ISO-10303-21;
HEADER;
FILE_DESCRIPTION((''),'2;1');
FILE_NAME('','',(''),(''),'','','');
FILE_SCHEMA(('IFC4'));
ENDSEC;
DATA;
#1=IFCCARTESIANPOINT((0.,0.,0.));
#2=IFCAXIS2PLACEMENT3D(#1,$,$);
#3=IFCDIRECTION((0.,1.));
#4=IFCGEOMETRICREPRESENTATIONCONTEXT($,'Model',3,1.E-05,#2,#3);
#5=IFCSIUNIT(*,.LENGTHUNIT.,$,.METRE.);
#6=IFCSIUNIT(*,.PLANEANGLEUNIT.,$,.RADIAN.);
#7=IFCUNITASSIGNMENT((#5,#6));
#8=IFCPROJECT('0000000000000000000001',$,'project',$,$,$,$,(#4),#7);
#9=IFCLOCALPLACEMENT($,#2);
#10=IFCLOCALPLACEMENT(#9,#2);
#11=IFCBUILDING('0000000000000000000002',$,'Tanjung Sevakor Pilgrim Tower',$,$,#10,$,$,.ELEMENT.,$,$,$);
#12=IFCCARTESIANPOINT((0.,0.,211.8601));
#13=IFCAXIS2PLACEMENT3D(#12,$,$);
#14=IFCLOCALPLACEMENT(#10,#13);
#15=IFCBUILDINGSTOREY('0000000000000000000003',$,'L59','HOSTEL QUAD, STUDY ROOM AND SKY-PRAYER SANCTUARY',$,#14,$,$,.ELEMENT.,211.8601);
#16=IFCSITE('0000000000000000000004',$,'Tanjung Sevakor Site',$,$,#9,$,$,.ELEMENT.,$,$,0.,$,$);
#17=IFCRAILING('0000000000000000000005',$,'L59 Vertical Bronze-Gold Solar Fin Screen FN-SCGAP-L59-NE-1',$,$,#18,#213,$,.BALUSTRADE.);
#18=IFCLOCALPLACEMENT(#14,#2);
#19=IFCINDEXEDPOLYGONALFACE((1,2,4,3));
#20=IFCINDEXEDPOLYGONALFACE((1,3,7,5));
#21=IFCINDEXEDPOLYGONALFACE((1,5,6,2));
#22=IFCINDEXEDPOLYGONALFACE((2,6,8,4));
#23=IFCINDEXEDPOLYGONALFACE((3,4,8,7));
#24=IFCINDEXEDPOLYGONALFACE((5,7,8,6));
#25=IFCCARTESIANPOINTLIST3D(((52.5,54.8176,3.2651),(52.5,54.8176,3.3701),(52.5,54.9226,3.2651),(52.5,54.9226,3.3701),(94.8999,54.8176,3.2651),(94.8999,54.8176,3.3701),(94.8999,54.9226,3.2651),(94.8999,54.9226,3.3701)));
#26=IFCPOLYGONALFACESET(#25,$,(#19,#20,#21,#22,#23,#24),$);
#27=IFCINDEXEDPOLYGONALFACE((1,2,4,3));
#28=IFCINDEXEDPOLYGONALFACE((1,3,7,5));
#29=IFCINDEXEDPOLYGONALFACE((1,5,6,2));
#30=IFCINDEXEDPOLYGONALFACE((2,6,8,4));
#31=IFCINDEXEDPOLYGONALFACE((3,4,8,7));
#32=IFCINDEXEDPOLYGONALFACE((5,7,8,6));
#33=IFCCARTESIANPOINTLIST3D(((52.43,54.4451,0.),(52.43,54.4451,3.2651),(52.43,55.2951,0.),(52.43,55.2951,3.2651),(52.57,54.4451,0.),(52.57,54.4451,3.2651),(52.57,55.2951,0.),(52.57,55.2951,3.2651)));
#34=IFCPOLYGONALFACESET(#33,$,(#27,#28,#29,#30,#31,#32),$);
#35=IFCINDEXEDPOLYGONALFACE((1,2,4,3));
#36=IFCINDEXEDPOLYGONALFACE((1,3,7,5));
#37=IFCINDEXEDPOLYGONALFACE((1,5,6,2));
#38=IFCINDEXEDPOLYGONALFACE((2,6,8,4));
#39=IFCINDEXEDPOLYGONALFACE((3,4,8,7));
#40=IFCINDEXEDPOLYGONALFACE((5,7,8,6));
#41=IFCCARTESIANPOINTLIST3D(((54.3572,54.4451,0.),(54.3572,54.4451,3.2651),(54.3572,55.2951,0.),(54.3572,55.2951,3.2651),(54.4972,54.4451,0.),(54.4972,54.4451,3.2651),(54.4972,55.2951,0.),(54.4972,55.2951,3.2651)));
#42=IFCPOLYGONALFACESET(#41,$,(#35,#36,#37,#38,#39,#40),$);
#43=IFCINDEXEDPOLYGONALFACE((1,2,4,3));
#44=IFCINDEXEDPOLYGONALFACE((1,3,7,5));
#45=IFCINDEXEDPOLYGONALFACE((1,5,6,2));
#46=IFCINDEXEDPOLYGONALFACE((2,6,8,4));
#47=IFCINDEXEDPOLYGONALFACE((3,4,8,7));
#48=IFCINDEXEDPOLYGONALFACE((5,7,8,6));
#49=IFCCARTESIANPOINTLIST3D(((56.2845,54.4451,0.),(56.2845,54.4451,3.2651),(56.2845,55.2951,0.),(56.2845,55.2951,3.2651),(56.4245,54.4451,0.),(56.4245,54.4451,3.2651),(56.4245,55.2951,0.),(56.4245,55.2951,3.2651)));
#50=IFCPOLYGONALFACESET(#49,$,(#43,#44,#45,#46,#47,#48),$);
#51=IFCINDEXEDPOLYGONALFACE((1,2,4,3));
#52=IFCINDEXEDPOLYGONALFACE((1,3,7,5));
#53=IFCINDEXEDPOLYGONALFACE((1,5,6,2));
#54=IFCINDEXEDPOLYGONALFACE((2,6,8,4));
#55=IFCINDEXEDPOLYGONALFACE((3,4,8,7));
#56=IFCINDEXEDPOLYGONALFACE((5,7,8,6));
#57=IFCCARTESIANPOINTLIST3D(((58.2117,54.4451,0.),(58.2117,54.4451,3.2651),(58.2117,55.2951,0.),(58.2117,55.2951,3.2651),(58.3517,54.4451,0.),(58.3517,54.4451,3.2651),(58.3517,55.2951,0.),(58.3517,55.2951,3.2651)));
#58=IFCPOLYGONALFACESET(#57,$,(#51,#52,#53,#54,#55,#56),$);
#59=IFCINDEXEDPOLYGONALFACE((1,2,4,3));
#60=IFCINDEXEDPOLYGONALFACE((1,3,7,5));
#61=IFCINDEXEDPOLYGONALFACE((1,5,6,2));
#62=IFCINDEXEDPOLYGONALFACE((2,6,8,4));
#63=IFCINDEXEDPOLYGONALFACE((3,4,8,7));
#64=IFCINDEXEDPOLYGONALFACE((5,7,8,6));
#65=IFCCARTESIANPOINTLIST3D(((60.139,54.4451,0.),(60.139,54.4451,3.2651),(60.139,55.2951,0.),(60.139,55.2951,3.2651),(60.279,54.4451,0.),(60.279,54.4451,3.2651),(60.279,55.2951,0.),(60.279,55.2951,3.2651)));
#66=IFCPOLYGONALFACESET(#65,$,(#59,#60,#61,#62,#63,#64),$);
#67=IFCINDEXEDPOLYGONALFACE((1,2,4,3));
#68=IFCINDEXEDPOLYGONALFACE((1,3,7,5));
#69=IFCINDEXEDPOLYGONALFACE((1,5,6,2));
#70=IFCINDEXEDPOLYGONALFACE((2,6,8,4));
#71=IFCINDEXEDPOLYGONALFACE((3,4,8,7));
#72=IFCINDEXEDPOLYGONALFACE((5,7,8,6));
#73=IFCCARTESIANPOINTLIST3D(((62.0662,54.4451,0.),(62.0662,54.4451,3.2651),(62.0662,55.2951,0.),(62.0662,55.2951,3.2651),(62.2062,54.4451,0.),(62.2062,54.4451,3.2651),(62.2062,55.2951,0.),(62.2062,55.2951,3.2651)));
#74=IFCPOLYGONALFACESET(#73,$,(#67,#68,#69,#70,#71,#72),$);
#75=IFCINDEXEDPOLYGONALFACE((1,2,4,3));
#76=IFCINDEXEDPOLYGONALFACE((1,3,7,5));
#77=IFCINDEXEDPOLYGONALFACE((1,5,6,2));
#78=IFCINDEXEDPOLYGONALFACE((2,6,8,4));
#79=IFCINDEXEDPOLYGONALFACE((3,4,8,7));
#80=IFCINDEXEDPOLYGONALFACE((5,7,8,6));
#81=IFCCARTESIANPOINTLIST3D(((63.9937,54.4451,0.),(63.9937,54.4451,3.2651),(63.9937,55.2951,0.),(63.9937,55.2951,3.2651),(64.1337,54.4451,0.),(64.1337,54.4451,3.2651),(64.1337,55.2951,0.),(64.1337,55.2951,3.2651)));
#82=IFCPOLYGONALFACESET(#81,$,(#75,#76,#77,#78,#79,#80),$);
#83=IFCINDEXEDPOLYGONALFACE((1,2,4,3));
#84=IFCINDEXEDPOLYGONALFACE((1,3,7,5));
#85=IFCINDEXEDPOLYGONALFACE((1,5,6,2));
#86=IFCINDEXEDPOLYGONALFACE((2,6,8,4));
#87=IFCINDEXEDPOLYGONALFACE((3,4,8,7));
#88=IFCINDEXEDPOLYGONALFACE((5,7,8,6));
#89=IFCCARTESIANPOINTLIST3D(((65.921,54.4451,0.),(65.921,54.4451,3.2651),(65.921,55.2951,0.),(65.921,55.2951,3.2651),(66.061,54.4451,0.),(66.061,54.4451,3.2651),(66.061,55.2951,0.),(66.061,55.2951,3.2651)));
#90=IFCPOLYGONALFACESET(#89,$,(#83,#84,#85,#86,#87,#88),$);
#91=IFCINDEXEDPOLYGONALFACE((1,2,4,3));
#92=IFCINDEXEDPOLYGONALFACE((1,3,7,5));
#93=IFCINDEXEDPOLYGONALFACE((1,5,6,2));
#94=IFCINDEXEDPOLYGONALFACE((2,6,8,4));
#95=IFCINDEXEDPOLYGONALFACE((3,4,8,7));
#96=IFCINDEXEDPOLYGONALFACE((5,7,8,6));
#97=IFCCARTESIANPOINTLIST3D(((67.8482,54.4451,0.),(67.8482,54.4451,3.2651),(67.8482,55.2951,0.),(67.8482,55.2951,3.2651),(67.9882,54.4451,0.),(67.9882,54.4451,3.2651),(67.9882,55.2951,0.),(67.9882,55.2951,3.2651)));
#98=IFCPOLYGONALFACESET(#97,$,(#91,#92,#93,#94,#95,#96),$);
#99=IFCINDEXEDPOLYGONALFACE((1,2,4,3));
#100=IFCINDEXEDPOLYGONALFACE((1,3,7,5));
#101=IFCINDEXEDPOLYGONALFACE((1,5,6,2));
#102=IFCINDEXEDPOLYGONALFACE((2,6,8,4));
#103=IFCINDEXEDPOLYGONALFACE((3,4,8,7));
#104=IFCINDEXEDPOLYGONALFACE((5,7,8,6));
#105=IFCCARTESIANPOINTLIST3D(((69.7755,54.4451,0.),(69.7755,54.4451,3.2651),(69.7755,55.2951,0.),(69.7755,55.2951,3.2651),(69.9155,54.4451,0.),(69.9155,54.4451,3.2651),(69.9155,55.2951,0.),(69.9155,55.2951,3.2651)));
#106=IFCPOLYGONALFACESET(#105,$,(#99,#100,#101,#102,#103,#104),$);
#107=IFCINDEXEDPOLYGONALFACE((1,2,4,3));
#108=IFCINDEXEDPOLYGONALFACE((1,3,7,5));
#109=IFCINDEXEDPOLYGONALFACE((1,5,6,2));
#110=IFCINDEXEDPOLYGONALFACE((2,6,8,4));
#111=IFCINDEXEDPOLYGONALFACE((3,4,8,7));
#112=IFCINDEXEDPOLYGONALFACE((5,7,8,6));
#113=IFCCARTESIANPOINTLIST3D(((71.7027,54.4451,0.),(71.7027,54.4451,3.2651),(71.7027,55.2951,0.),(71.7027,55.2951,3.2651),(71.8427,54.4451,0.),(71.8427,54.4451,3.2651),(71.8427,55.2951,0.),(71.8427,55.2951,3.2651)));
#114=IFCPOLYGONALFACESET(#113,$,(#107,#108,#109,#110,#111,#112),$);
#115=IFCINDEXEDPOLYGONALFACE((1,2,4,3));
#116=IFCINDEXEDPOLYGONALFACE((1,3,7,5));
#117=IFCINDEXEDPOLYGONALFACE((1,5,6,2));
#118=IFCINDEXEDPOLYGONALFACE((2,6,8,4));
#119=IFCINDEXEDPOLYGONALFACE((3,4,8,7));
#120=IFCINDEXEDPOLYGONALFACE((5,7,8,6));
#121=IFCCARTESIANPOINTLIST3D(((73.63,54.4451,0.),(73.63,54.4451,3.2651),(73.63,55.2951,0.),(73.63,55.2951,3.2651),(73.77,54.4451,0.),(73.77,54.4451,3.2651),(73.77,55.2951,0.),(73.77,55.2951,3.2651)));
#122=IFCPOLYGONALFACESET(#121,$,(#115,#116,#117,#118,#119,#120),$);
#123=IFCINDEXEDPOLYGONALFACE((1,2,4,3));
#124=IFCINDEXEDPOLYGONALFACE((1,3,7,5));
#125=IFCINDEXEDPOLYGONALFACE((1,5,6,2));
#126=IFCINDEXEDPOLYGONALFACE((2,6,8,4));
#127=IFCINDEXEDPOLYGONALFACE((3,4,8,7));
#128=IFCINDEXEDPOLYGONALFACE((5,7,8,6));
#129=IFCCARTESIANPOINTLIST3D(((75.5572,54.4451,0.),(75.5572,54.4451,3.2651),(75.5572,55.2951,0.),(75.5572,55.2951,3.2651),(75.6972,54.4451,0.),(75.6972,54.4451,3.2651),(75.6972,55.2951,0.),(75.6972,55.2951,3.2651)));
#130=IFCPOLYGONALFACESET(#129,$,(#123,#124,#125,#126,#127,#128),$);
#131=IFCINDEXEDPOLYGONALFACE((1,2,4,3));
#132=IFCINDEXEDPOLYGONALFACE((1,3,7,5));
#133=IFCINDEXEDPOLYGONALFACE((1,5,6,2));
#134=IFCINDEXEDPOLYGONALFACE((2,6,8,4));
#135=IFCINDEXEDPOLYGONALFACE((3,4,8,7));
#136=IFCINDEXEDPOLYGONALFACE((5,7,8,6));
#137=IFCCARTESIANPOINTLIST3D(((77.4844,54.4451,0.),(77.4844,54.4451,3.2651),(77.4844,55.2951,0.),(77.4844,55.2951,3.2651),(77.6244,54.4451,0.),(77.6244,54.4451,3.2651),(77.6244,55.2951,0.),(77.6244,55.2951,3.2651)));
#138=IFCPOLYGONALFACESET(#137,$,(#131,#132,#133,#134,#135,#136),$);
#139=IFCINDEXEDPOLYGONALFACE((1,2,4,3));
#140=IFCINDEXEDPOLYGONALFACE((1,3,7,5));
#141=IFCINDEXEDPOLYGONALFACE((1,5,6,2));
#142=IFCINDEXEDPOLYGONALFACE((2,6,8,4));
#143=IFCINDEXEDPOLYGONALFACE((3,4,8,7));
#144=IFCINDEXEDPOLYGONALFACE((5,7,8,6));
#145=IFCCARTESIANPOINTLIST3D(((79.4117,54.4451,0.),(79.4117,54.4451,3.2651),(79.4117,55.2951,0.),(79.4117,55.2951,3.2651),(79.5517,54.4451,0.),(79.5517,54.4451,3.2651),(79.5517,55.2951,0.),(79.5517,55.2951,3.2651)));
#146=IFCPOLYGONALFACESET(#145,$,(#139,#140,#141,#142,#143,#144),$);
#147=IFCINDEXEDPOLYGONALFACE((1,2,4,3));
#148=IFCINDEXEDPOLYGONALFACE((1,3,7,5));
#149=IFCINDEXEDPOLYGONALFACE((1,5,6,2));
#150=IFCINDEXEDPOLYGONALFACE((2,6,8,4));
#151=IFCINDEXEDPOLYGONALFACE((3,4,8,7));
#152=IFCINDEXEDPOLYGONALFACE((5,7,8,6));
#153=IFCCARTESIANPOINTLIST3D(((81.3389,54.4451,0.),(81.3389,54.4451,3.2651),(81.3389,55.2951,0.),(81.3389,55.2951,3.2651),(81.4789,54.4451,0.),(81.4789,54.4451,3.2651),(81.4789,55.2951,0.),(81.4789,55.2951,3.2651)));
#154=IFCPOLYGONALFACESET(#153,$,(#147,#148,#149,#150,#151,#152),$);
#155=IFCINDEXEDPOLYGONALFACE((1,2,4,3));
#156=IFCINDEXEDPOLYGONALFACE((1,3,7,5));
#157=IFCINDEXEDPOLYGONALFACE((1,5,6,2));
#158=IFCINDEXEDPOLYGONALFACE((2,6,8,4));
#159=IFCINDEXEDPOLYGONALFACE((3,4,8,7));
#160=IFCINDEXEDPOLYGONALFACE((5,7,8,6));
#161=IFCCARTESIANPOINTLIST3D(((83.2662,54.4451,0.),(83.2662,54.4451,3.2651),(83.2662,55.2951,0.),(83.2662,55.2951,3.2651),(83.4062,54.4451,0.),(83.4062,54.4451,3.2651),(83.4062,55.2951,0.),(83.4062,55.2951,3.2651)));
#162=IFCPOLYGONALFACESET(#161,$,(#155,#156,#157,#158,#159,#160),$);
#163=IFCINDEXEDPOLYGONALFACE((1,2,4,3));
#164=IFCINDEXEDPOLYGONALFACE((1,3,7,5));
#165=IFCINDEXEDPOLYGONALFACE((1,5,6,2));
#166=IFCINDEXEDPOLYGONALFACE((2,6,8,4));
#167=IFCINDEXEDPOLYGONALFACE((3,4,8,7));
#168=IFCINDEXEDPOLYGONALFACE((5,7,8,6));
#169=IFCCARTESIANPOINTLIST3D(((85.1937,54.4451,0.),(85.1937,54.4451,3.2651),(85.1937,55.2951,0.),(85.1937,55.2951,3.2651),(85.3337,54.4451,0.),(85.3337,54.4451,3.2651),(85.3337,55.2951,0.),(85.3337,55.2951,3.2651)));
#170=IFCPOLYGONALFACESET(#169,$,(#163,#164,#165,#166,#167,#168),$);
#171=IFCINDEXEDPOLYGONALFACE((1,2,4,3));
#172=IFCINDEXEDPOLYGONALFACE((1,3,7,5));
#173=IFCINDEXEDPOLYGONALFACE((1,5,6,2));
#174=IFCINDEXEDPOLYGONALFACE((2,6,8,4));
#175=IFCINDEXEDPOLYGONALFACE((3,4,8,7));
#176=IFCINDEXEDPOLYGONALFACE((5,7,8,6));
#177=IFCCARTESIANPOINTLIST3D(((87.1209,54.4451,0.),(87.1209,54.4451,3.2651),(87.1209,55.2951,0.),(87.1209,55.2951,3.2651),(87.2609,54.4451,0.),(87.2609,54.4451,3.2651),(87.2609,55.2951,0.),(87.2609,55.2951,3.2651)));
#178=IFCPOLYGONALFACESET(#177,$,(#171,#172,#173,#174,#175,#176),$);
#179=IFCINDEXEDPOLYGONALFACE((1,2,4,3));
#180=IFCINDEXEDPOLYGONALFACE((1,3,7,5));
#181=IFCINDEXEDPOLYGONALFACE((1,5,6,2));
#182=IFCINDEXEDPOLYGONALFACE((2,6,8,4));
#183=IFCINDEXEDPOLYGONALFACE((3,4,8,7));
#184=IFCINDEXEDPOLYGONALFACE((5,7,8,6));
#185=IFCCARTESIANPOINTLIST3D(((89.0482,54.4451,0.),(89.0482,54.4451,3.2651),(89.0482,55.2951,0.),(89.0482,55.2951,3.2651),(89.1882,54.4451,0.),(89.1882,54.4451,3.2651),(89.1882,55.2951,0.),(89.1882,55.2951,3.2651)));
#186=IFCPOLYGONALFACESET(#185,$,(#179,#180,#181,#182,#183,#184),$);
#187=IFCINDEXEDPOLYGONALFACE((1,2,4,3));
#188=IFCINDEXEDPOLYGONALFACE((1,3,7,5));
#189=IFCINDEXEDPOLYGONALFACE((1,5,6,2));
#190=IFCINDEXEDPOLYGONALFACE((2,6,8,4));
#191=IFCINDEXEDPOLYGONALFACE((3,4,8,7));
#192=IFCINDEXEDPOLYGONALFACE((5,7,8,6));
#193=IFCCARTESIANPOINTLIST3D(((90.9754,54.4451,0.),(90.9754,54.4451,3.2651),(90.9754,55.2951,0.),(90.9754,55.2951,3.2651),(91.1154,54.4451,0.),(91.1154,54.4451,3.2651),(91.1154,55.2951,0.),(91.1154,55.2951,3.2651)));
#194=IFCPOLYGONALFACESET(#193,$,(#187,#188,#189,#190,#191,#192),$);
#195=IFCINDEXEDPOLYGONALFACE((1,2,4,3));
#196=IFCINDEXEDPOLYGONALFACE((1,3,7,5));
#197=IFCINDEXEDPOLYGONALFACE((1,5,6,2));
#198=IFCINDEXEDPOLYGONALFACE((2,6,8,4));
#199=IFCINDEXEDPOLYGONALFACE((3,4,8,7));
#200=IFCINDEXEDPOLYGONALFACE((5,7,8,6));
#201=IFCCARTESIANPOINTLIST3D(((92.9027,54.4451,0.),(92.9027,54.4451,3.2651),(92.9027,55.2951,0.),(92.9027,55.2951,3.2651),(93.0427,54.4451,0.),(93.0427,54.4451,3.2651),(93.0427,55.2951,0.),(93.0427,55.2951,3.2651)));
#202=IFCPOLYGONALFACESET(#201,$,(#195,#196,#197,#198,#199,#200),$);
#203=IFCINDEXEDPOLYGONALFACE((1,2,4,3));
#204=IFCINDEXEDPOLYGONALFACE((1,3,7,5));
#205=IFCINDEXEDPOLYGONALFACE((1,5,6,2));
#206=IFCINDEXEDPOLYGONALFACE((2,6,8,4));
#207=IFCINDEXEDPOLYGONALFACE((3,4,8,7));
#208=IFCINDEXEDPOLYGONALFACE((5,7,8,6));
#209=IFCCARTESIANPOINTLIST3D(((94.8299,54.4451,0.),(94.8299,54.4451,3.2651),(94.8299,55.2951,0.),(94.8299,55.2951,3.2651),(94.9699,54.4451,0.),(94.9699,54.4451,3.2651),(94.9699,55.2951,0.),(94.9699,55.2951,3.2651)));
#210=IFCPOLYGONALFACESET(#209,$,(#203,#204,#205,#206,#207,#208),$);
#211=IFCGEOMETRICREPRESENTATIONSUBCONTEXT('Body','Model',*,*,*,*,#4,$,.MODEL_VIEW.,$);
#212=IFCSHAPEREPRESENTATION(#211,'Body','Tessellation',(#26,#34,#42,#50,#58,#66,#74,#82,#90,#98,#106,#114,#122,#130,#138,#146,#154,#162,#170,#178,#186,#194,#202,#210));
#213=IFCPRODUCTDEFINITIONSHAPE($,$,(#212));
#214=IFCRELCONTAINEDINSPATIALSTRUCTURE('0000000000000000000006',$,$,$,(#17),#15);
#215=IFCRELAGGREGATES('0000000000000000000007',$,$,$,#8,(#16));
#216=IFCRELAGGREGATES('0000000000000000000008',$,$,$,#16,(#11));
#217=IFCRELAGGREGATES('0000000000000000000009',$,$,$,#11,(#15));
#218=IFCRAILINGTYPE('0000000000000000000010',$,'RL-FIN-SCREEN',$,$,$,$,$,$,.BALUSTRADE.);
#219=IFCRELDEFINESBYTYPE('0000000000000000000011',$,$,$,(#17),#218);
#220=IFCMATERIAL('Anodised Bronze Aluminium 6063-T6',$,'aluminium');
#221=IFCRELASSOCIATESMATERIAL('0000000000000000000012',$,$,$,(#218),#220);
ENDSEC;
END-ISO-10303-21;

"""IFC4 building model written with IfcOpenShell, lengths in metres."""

from ifc_helpers import new_model, si_unit, direction, frame, origin, place, context, subcontext, project, spatial, rectangle, extrude, material, type_object, element, save


model = new_model("IFC4")

# Units and contexts
model_context = context("Model", 3, precision=1e-05, world=origin(), true_north=direction((0.0, 1.0)))
body_context = subcontext(model_context, "Body", "Model", "MODEL_VIEW")
ifc_project = project(units=[si_unit("LENGTHUNIT", "METRE"), si_unit("PLANEANGLEUNIT", "RADIAN")], contexts=[model_context])

# Site, building, storey
site_placement = place(None, origin())
site = spatial("IfcSite", under=ifc_project, at=site_placement, Name="Tanjung Sevakor Site", CompositionType="ELEMENT", RefElevation=0.0)
building_placement = place(site_placement, origin())
building = spatial("IfcBuilding", under=site, at=building_placement, Name="Tanjung Sevakor Pilgrim Tower", CompositionType="ELEMENT")
storey_placement = place(building_placement, frame((0.0, 0.0, 211.8601)))
storey = spatial("IfcBuildingStorey", under=building, at=storey_placement, Name="L59", Description="HOSTEL QUAD, STUDY ROOM AND SKY-PRAYER SANCTUARY", CompositionType="ELEMENT", Elevation=211.8601)

# Railing
ifc_material_1 = material(Name="Anodised Bronze Aluminium 6063-T6", Category="aluminium")
railing_type = type_object("IfcRailingType", Name="RL-FIN-SCREEN", PredefinedType="BALUSTRADE", material=ifc_material_1)
railing_placement = place(storey_placement, frame((52.5, 54.8701, 0.0)))
element("IfcRailing", 1, at=railing_placement, inside=storey, type_object=railing_type, Name="L59 Vertical Bronze-Gold Solar Fin Screen FN-SCGAP-L59-NE-1", PredefinedType="BALUSTRADE", context=body_context, shape_type="SweptSolid", body=[
    extrude(rectangle(XDim=0.105, YDim=0.105), frame((0.0, 0.0, 3.3176), z_axis=(1.0, 0.0, 0.0), x_axis=(0.0, 1.0, 0.0)), (0.0, 0.0, 1.0), 42.3999),
    extrude(rectangle(XDim=0.14, YDim=0.85), origin(), (0.0, 0.0, 1.0), 3.2651),
    extrude(rectangle(XDim=0.14, YDim=0.85), frame((1.9272, 0.0, 0.0)), (0.0, 0.0, 1.0), 3.2651),
    extrude(rectangle(XDim=0.14, YDim=0.85), frame((3.8545, 0.0, 0.0)), (0.0, 0.0, 1.0), 3.2651),
    extrude(rectangle(XDim=0.14, YDim=0.85), frame((5.7817, 0.0, 0.0)), (0.0, 0.0, 1.0), 3.2651),
    extrude(rectangle(XDim=0.14, YDim=0.85), frame((7.709, 0.0, 0.0)), (0.0, 0.0, 1.0), 3.2651),
    extrude(rectangle(XDim=0.14, YDim=0.85), frame((9.6362, 0.0, 0.0)), (0.0, 0.0, 1.0), 3.2651),
    extrude(rectangle(XDim=0.14, YDim=0.85), frame((11.5637, 0.0, 0.0)), (0.0, 0.0, 1.0), 3.2651),
    extrude(rectangle(XDim=0.14, YDim=0.85), frame((13.491, 0.0, 0.0)), (0.0, 0.0, 1.0), 3.2651),
    extrude(rectangle(XDim=0.14, YDim=0.85), frame((15.4182, 0.0, 0.0)), (0.0, 0.0, 1.0), 3.2651),
    extrude(rectangle(XDim=0.14, YDim=0.85), frame((17.3455, 0.0, 0.0)), (0.0, 0.0, 1.0), 3.2651),
    extrude(rectangle(XDim=0.14, YDim=0.85), frame((19.2727, 0.0, 0.0)), (0.0, 0.0, 1.0), 3.2651),
    extrude(rectangle(XDim=0.14, YDim=0.85), frame((21.2, 0.0, 0.0)), (0.0, 0.0, 1.0), 3.2651),
    extrude(rectangle(XDim=0.14, YDim=0.85), frame((23.1272, 0.0, 0.0)), (0.0, 0.0, 1.0), 3.2651),
    extrude(rectangle(XDim=0.14, YDim=0.85), frame((25.0544, 0.0, 0.0)), (0.0, 0.0, 1.0), 3.2651),
    extrude(rectangle(XDim=0.14, YDim=0.85), frame((26.9817, 0.0, 0.0)), (0.0, 0.0, 1.0), 3.2651),
    extrude(rectangle(XDim=0.14, YDim=0.85), frame((28.9089, 0.0, 0.0)), (0.0, 0.0, 1.0), 3.2651),
    extrude(rectangle(XDim=0.14, YDim=0.85), frame((30.8362, 0.0, 0.0)), (0.0, 0.0, 1.0), 3.2651),
    extrude(rectangle(XDim=0.14, YDim=0.85), frame((32.7637, 0.0, 0.0)), (0.0, 0.0, 1.0), 3.2651),
    extrude(rectangle(XDim=0.14, YDim=0.85), frame((34.6909, 0.0, 0.0)), (0.0, 0.0, 1.0), 3.2651),
    extrude(rectangle(XDim=0.14, YDim=0.85), frame((36.6182, 0.0, 0.0)), (0.0, 0.0, 1.0), 3.2651),
    extrude(rectangle(XDim=0.14, YDim=0.85), frame((38.5454, 0.0, 0.0)), (0.0, 0.0, 1.0), 3.2651),
    extrude(rectangle(XDim=0.14, YDim=0.85), frame((40.4727, 0.0, 0.0)), (0.0, 0.0, 1.0), 3.2651),
    extrude(rectangle(XDim=0.14, YDim=0.85), frame((42.3999, 0.0, 0.0)), (0.0, 0.0, 1.0), 3.2651),
])

save(model, "model.ifc")
